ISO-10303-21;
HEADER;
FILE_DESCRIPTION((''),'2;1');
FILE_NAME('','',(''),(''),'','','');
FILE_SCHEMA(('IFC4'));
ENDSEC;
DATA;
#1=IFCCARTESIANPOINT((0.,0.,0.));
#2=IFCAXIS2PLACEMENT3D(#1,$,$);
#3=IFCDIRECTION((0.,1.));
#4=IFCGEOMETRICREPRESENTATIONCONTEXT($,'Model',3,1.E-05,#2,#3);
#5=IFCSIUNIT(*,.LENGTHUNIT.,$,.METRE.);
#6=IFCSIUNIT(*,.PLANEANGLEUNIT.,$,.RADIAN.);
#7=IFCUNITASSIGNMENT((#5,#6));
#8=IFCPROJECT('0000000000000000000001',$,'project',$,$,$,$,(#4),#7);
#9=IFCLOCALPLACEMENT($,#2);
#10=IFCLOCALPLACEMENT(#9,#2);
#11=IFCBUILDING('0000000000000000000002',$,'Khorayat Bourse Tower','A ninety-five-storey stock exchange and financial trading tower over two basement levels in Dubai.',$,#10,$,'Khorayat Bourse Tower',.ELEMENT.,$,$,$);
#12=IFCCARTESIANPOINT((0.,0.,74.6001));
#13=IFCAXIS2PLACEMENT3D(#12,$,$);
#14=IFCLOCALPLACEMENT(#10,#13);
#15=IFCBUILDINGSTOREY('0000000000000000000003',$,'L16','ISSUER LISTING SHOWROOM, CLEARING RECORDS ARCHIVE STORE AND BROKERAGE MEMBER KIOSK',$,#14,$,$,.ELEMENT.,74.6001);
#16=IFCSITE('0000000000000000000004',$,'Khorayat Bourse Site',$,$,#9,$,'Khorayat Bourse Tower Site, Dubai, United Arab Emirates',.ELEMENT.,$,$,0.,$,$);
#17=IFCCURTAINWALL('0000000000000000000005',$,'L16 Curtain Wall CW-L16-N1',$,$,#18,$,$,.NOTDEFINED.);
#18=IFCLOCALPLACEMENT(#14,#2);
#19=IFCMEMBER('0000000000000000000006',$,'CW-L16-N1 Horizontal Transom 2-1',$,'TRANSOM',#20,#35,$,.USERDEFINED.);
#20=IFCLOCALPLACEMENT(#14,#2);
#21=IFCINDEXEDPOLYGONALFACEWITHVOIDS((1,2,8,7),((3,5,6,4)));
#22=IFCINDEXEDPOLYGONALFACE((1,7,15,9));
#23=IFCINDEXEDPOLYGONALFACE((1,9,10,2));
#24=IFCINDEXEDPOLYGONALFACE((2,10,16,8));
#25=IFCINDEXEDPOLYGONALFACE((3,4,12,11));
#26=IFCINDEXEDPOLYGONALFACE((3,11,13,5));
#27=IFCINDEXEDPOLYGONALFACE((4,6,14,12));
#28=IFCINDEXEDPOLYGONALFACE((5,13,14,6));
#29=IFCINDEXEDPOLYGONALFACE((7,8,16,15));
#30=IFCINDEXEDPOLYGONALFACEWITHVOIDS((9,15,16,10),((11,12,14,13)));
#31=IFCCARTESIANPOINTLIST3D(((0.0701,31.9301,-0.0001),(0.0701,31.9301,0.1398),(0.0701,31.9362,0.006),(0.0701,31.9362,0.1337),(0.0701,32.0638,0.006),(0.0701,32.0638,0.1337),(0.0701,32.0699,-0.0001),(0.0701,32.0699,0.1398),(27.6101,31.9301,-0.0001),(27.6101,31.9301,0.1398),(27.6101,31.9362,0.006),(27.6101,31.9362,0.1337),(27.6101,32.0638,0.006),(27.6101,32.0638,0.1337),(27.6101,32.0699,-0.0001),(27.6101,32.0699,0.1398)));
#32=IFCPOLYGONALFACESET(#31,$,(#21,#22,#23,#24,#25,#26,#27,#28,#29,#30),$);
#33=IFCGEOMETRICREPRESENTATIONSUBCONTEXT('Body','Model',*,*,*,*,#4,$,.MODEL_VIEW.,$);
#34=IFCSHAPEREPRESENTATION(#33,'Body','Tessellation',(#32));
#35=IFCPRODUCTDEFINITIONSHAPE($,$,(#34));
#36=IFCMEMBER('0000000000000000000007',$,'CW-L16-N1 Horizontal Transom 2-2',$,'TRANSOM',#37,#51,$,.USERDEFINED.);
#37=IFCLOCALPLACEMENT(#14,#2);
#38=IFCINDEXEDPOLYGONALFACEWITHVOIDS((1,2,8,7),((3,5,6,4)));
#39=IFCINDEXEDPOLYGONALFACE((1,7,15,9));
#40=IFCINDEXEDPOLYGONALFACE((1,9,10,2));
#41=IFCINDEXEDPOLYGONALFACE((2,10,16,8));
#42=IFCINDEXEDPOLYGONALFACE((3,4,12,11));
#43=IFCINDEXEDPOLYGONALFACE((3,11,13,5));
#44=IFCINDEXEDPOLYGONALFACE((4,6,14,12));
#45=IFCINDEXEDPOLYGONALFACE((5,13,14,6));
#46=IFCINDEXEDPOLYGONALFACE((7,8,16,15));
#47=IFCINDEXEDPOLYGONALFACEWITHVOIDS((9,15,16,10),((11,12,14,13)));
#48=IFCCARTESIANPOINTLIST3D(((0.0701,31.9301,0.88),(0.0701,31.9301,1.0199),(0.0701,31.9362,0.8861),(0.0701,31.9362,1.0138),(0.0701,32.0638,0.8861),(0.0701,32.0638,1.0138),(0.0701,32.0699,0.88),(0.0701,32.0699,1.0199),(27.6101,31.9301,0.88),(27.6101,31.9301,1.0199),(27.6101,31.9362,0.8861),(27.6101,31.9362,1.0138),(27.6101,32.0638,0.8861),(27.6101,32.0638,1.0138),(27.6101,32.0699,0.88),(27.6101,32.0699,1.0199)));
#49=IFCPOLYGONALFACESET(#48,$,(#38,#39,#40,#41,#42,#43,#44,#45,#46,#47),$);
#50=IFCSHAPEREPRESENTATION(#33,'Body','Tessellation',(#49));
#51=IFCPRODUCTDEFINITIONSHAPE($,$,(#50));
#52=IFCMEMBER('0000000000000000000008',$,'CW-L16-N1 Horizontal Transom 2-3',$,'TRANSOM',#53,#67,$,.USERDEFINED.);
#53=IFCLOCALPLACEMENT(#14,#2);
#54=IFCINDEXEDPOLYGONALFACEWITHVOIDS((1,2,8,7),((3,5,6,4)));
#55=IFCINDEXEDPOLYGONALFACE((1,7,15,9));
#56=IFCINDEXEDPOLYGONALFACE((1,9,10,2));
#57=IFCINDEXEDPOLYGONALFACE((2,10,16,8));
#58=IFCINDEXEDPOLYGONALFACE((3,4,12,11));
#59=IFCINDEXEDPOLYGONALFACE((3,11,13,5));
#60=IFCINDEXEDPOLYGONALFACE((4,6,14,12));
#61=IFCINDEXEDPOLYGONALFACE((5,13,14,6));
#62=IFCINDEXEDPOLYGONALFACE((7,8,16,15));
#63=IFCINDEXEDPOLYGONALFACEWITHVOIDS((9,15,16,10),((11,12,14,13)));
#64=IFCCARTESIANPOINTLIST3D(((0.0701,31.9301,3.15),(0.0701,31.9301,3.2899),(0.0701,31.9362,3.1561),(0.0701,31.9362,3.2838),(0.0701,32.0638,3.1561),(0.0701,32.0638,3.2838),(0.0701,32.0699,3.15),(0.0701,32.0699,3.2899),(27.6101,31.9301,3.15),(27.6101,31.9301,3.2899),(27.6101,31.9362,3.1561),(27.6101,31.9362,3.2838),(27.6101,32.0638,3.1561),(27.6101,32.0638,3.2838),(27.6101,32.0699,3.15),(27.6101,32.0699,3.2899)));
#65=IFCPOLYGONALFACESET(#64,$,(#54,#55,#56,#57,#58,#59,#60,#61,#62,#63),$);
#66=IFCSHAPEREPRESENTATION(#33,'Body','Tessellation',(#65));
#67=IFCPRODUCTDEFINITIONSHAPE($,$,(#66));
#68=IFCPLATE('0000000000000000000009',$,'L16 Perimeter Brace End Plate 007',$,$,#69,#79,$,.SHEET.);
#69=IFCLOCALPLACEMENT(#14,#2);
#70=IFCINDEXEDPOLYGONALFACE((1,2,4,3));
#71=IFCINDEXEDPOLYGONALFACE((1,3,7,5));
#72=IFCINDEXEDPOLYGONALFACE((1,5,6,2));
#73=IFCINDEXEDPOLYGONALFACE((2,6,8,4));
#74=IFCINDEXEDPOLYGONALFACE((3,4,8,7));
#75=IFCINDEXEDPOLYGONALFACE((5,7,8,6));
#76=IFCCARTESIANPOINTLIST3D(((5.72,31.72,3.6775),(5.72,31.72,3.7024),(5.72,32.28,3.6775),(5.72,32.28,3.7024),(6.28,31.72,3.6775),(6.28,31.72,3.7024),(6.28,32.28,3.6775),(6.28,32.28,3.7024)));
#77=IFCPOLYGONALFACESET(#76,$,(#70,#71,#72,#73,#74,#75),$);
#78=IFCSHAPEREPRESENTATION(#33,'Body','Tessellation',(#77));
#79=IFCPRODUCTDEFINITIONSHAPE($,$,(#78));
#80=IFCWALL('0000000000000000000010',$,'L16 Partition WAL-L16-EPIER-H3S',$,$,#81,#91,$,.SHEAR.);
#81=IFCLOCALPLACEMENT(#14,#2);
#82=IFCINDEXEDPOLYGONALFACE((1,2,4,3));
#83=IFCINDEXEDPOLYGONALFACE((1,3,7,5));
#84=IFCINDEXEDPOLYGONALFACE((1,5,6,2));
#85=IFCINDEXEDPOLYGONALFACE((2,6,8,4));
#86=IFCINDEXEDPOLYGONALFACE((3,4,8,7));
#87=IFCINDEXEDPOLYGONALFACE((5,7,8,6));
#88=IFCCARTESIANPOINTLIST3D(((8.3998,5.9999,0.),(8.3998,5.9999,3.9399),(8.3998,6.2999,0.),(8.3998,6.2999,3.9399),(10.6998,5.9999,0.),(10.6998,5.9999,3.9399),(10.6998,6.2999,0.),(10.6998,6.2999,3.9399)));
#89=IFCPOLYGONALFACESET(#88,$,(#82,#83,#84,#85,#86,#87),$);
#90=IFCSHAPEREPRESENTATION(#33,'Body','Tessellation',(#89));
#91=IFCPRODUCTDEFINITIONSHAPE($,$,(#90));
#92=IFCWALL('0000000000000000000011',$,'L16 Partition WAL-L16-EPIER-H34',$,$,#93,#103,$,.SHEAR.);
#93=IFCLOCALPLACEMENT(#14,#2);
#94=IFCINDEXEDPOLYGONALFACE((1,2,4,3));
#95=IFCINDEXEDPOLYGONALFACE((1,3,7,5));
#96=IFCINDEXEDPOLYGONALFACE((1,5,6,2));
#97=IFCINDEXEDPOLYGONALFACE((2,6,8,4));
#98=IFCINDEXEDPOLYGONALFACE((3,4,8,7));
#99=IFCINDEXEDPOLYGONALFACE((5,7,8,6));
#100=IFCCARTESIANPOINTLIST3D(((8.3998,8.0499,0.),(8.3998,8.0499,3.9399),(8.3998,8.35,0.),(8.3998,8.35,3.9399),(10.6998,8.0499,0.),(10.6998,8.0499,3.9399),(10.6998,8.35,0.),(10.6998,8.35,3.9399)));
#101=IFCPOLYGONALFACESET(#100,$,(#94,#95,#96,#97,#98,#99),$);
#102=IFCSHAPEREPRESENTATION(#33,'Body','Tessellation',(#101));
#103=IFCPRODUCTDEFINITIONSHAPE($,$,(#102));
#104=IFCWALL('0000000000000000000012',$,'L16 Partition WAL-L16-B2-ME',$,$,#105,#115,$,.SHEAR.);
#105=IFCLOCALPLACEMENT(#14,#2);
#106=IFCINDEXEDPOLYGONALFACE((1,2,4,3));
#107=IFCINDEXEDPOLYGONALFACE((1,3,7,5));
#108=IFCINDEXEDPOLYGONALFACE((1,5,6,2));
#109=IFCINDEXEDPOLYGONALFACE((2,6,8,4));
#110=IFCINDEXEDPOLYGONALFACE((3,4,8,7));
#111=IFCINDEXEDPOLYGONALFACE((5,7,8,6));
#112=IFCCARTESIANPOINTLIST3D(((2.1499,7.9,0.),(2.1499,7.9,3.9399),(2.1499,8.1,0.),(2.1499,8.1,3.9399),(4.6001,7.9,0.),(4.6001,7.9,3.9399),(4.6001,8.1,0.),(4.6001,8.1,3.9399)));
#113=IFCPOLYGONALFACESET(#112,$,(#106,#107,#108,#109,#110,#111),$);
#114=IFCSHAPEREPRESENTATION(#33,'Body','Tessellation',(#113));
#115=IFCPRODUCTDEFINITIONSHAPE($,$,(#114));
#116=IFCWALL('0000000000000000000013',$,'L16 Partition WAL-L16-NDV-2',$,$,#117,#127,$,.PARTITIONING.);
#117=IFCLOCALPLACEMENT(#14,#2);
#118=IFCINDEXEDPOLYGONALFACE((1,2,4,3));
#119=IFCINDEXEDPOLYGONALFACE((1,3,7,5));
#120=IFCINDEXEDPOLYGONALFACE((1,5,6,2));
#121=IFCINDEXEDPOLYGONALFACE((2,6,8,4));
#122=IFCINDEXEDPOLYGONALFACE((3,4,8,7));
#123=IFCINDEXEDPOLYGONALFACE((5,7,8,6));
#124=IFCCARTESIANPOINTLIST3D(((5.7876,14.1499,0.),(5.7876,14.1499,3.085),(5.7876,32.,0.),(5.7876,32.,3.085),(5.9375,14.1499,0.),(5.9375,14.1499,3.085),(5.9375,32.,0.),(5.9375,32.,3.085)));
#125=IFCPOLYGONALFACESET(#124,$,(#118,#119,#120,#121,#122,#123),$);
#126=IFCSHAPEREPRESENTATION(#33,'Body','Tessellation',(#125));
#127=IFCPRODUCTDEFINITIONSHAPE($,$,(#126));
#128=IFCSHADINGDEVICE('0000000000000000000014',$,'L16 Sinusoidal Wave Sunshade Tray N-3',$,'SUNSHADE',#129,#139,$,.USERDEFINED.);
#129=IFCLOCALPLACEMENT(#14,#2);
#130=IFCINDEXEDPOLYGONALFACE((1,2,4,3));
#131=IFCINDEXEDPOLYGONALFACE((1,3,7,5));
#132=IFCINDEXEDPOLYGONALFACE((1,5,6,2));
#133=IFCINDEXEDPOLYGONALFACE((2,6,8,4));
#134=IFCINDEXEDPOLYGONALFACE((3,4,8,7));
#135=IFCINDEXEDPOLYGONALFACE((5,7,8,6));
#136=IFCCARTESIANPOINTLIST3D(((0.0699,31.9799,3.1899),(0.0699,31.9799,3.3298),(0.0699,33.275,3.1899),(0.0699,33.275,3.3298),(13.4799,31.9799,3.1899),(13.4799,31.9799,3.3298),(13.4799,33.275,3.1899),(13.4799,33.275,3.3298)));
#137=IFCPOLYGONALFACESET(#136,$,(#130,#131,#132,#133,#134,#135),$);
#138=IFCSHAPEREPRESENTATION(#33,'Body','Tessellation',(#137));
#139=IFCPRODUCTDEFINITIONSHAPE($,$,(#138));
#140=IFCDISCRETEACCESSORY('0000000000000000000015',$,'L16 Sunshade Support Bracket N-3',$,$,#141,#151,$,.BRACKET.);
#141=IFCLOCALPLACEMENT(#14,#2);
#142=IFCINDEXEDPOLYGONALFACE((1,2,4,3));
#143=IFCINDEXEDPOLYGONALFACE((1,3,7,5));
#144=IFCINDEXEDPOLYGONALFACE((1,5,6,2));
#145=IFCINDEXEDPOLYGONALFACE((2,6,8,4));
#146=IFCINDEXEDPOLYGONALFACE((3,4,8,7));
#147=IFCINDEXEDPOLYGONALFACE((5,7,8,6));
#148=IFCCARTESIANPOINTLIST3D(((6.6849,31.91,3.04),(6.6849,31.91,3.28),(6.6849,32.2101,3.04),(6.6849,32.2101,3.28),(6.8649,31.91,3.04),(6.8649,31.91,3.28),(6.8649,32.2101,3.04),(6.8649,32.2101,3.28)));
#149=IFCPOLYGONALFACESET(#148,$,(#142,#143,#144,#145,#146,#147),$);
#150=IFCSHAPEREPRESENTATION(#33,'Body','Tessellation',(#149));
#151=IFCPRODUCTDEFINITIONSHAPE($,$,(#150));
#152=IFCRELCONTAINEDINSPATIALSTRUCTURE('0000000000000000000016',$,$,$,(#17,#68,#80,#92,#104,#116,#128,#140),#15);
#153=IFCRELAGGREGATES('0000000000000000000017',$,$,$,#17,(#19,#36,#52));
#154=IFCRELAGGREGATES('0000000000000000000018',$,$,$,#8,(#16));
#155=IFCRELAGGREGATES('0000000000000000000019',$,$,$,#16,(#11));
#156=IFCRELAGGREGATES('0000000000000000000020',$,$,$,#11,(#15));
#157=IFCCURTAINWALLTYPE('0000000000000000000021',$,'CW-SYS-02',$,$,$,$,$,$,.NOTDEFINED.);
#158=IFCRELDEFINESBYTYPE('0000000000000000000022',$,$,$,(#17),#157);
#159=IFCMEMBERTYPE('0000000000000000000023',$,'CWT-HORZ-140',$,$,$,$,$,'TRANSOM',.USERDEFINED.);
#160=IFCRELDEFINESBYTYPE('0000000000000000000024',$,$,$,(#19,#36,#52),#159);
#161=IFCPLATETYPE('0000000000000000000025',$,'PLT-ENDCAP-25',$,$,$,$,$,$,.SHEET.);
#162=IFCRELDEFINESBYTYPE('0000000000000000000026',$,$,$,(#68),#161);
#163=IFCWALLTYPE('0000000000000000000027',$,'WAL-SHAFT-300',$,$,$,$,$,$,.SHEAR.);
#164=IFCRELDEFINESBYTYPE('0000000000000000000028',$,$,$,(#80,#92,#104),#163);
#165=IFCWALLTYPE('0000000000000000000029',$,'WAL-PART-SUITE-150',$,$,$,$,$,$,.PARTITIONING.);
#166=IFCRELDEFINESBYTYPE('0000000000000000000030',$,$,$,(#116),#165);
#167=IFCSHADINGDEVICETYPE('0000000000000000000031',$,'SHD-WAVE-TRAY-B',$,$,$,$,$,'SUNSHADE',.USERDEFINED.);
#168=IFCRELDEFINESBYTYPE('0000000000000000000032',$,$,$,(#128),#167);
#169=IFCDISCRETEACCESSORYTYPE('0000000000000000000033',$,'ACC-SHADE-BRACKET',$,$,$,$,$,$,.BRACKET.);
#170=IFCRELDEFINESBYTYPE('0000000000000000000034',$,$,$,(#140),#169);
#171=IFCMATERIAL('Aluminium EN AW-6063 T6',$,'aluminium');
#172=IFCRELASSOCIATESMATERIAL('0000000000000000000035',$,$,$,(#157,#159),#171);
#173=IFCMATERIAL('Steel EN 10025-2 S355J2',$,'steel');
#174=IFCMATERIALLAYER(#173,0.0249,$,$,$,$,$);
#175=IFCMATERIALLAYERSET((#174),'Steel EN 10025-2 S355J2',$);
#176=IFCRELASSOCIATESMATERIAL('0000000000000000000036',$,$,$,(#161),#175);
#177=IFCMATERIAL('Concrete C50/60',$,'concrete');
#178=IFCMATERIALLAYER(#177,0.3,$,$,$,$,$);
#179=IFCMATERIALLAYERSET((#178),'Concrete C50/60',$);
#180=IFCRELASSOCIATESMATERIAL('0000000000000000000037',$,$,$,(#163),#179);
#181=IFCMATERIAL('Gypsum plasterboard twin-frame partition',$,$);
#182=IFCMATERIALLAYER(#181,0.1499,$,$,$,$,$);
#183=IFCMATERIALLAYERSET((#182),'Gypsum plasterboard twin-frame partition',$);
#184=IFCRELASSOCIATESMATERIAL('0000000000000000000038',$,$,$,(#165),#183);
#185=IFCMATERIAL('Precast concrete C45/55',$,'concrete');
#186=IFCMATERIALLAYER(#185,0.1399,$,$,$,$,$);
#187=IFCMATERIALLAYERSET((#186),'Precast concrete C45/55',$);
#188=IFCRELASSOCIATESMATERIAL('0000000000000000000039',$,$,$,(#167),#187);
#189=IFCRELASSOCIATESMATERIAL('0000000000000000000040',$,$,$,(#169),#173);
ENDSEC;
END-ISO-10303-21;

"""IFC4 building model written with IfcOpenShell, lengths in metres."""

from ifc_helpers import new_model, si_unit, direction, frame, frame_2d, origin, origin_2d, place, context, subcontext, project, spatial, rectangle, hollow_rectangle, extrude, source, transform, mapped, material, layer, layer_set, material_profile, profile_set, type_object, element, aggregate, save


model = new_model("IFC4")

# Units and contexts
model_context = context("Model", 3, precision=1e-05, world=origin(), true_north=direction((0.0, 1.0)))
body_context = subcontext(model_context, "Body", "Model", "MODEL_VIEW")
ifc_project = project(units=[si_unit("LENGTHUNIT", "METRE"), si_unit("PLANEANGLEUNIT", "RADIAN")], contexts=[model_context])

# Site, building, storey
site_placement = place(None, origin())
site = spatial("IfcSite", under=ifc_project, at=site_placement, Name="Khorayat Bourse Site", LongName="Khorayat Bourse Tower Site, Dubai, United Arab Emirates", CompositionType="ELEMENT", RefElevation=0.0)
building_placement = place(site_placement, origin())
building = spatial("IfcBuilding", under=site, at=building_placement, Name="Khorayat Bourse Tower", Description="A ninety-five-storey stock exchange and financial trading tower over two basement levels in Dubai.", LongName="Khorayat Bourse Tower", CompositionType="ELEMENT")
storey_placement = place(building_placement, frame((0.0, 0.0, 74.6001)))
storey = spatial("IfcBuildingStorey", under=building, at=storey_placement, Name="L16", Description="ISSUER LISTING SHOWROOM, CLEARING RECORDS ARCHIVE STORE AND BROKERAGE MEMBER KIOSK", CompositionType="ELEMENT", Elevation=74.6001)

# Curtain wall, members
ifc_material_1 = material(Name="Aluminium EN AW-6063 T6", Category="aluminium")
curtain_wall_type = type_object("IfcCurtainWallType", Name="CW-SYS-02", PredefinedType="NOTDEFINED", material=ifc_material_1)
curtain_wall_placement = place(storey_placement, origin())
curtain_wall = element("IfcCurtainWall", 1, at=curtain_wall_placement, inside=storey, type_object=curtain_wall_type, Name="L16 Curtain Wall CW-L16-N1", PredefinedType="NOTDEFINED")
ifc_material_profile_1 = material_profile(ifc_material_1, hollow_rectangle(XDim=0.1399, YDim=0.1399, WallThickness=0.0061, at=origin_2d()), Name="ALU 140x140x6")
ifc_profile_set_1 = profile_set([ifc_material_profile_1], Name="Aluminium EN AW-6063 T6")
member_type_1 = type_object("IfcMemberType", Name="CWT-HORZ-140", ElementType="TRANSOM", PredefinedType="USERDEFINED", material=ifc_profile_set_1)
shared_shape_1 = source(origin(), body_context, "Body", "SweptSolid", [
    extrude(hollow_rectangle(XDim=0.1399, YDim=0.1399, WallThickness=0.0061, at=origin_2d()), origin(), (0.0, 0.0, 1.0), 27.54),
])
member_1_placement = place(storey_placement, frame((0.0701, 32.0, 0.0698), z_axis=(1.0, 0.0, 0.0), x_axis=(0.0, 1.0, 0.0)))
member_1 = element("IfcMember", 2, at=member_1_placement, type_object=member_type_1, Name="CW-L16-N1 Horizontal Transom 2-1", ObjectType="TRANSOM", PredefinedType="USERDEFINED", context=body_context, shape_type="MappedRepresentation", body=[
    mapped(shared_shape_1, transform((0.0, 0.0, 0.0), scale=1.0)),
])
member_2_placement = place(storey_placement, frame((0.0701, 32.0, 0.95), z_axis=(1.0, 0.0, 0.0), x_axis=(0.0, 1.0, 0.0)))
member_2 = element("IfcMember", 3, at=member_2_placement, type_object=member_type_1, Name="CW-L16-N1 Horizontal Transom 2-2", ObjectType="TRANSOM", PredefinedType="USERDEFINED", context=body_context, shape_type="MappedRepresentation", body=[
    mapped(shared_shape_1, transform((0.0, 0.0, 0.0), scale=1.0)),
])
member_3_placement = place(storey_placement, frame((0.0701, 32.0, 3.22), z_axis=(1.0, 0.0, 0.0), x_axis=(0.0, 1.0, 0.0)))
member_3 = element("IfcMember", 4, at=member_3_placement, type_object=member_type_1, Name="CW-L16-N1 Horizontal Transom 2-3", ObjectType="TRANSOM", PredefinedType="USERDEFINED", context=body_context, shape_type="MappedRepresentation", body=[
    mapped(shared_shape_1, transform((0.0, 0.0, 0.0), scale=1.0)),
])
aggregate(curtain_wall, [member_1, member_2, member_3])

# Plate
ifc_material_2 = material(Name="Steel EN 10025-2 S355J2", Category="steel")
ifc_layer_1 = layer(ifc_material_2, 0.0249)
ifc_layer_set_1 = layer_set([ifc_layer_1], Name="Steel EN 10025-2 S355J2")
plate_type = type_object("IfcPlateType", Name="PLT-ENDCAP-25", PredefinedType="SHEET", material=ifc_layer_set_1)
shared_shape_2 = source(origin(), body_context, "Body", "SweptSolid", [
    extrude(rectangle(XDim=0.5601, YDim=0.5601, at=origin_2d()), origin(), (0.0, 0.0, 1.0), 0.0249),
])
plate_placement = place(storey_placement, frame((6.0, 32.0, 3.6775), z_axis=(0.0, 0.0, 1.0), x_axis=(1.0, 0.0, 0.0)))
element("IfcPlate", 5, at=plate_placement, inside=storey, type_object=plate_type, Name="L16 Perimeter Brace End Plate 007", PredefinedType="SHEET", context=body_context, shape_type="MappedRepresentation", body=[
    mapped(shared_shape_2, transform((0.0, 0.0, 0.0), scale=1.0)),
])

# Walls
ifc_material_3 = material(Name="Concrete C50/60", Category="concrete")
ifc_layer_2 = layer(ifc_material_3, 0.3)
ifc_layer_set_2 = layer_set([ifc_layer_2], Name="Concrete C50/60")
wall_type_1 = type_object("IfcWallType", Name="WAL-SHAFT-300", PredefinedType="SHEAR", material=ifc_layer_set_2)
shared_shape_3 = source(origin(), body_context, "Body", "SweptSolid", [
    extrude(rectangle(XDim=2.3, YDim=0.3, at=frame_2d((1.1499, 0.0))), origin(), (0.0, 0.0, 1.0), 3.9399),
])
for number, where, z_axis, x_axis, name in (
    (6, (8.3999, 6.1499, 0.0), (0.0, 0.0, 1.0), (1.0, 0.0, 0.0), "L16 Partition WAL-L16-EPIER-H3S"),
    (7, (8.3999, 8.2, 0.0), (0.0, 0.0, 1.0), (1.0, 0.0, 0.0), "L16 Partition WAL-L16-EPIER-H34"),
):
    element("IfcWall", number, at=place(storey_placement, frame(where, z_axis=z_axis, x_axis=x_axis)), inside=storey, type_object=wall_type_1, Name=name, PredefinedType="SHEAR", context=body_context, shape_type="MappedRepresentation", body=[
        mapped(shared_shape_3, transform((0.0, 0.0, 0.0), scale=1.0)),
    ])
shared_shape_4 = source(origin(), body_context, "Body", "SweptSolid", [
    extrude(rectangle(XDim=2.4502, YDim=0.2, at=frame_2d((1.2251, 0.0))), origin(), (0.0, 0.0, 1.0), 3.9399),
])
wall_1_placement = place(storey_placement, frame((2.1499, 8.0, 0.0), z_axis=(0.0, 0.0, 1.0), x_axis=(1.0, 0.0, 0.0)))
element("IfcWall", 8, at=wall_1_placement, inside=storey, type_object=wall_type_1, Name="L16 Partition WAL-L16-B2-ME", PredefinedType="SHEAR", context=body_context, shape_type="MappedRepresentation", body=[
    mapped(shared_shape_4, transform((0.0, 0.0, 0.0), scale=1.0)),
])
ifc_material_4 = material(Name="Gypsum plasterboard twin-frame partition")
ifc_layer_3 = layer(ifc_material_4, 0.1499)
ifc_layer_set_3 = layer_set([ifc_layer_3], Name="Gypsum plasterboard twin-frame partition")
wall_type_2 = type_object("IfcWallType", Name="WAL-PART-SUITE-150", PredefinedType="PARTITIONING", material=ifc_layer_set_3)
shared_shape_5 = source(origin(), body_context, "Body", "SweptSolid", [
    extrude(rectangle(XDim=17.8501, YDim=0.1499, at=frame_2d((8.925, 0.0))), origin(), (0.0, 0.0, 1.0), 3.085),
])
wall_2_placement = place(storey_placement, frame((5.8625, 14.1499, 0.0), z_axis=(0.0, 0.0, 1.0), x_axis=(0.0, 1.0, 0.0)))
element("IfcWall", 9, at=wall_2_placement, inside=storey, type_object=wall_type_2, Name="L16 Partition WAL-L16-NDV-2", PredefinedType="PARTITIONING", context=body_context, shape_type="MappedRepresentation", body=[
    mapped(shared_shape_5, transform((0.0, 0.0, 0.0), scale=1.0)),
])

# Shading device
ifc_material_5 = material(Name="Precast concrete C45/55", Category="concrete")
ifc_layer_4 = layer(ifc_material_5, 0.1399)
ifc_layer_set_4 = layer_set([ifc_layer_4], Name="Precast concrete C45/55")
shading_device_type = type_object("IfcShadingDeviceType", Name="SHD-WAVE-TRAY-B", ElementType="SUNSHADE", PredefinedType="USERDEFINED", material=ifc_layer_set_4)
shared_shape_6 = source(origin(), body_context, "Body", "SweptSolid", [
    extrude(rectangle(XDim=13.4099, YDim=1.2952, at=origin_2d()), origin(), (0.0, 0.0, 1.0), 0.1399),
])
shading_device_placement = place(storey_placement, frame((6.7749, 32.6274, 3.1899), z_axis=(0.0, 0.0, 1.0), x_axis=(1.0, 0.0, 0.0)))
element("IfcShadingDevice", 10, at=shading_device_placement, inside=storey, type_object=shading_device_type, Name="L16 Sinusoidal Wave Sunshade Tray N-3", ObjectType="SUNSHADE", PredefinedType="USERDEFINED", context=body_context, shape_type="MappedRepresentation", body=[
    mapped(shared_shape_6, transform((0.0, 0.0, 0.0), scale=1.0)),
])

# Discrete accessory
discrete_accessory_type = type_object("IfcDiscreteAccessoryType", Name="ACC-SHADE-BRACKET", PredefinedType="BRACKET", material=ifc_material_2)
shared_shape_7 = source(origin(), body_context, "Body", "SweptSolid", [
    extrude(rectangle(XDim=0.1799, YDim=0.3, at=origin_2d()), origin(), (0.0, 0.0, 1.0), 0.24),
])
discrete_accessory_placement = place(storey_placement, frame((6.7749, 32.0601, 3.04), z_axis=(0.0, 0.0, 1.0), x_axis=(1.0, 0.0, 0.0)))
element("IfcDiscreteAccessory", 11, at=discrete_accessory_placement, inside=storey, type_object=discrete_accessory_type, Name="L16 Sunshade Support Bracket N-3", PredefinedType="BRACKET", context=body_context, shape_type="MappedRepresentation", body=[
    mapped(shared_shape_7, transform((0.0, 0.0, 0.0), scale=1.0)),
])

save(model, "model.ifc")
